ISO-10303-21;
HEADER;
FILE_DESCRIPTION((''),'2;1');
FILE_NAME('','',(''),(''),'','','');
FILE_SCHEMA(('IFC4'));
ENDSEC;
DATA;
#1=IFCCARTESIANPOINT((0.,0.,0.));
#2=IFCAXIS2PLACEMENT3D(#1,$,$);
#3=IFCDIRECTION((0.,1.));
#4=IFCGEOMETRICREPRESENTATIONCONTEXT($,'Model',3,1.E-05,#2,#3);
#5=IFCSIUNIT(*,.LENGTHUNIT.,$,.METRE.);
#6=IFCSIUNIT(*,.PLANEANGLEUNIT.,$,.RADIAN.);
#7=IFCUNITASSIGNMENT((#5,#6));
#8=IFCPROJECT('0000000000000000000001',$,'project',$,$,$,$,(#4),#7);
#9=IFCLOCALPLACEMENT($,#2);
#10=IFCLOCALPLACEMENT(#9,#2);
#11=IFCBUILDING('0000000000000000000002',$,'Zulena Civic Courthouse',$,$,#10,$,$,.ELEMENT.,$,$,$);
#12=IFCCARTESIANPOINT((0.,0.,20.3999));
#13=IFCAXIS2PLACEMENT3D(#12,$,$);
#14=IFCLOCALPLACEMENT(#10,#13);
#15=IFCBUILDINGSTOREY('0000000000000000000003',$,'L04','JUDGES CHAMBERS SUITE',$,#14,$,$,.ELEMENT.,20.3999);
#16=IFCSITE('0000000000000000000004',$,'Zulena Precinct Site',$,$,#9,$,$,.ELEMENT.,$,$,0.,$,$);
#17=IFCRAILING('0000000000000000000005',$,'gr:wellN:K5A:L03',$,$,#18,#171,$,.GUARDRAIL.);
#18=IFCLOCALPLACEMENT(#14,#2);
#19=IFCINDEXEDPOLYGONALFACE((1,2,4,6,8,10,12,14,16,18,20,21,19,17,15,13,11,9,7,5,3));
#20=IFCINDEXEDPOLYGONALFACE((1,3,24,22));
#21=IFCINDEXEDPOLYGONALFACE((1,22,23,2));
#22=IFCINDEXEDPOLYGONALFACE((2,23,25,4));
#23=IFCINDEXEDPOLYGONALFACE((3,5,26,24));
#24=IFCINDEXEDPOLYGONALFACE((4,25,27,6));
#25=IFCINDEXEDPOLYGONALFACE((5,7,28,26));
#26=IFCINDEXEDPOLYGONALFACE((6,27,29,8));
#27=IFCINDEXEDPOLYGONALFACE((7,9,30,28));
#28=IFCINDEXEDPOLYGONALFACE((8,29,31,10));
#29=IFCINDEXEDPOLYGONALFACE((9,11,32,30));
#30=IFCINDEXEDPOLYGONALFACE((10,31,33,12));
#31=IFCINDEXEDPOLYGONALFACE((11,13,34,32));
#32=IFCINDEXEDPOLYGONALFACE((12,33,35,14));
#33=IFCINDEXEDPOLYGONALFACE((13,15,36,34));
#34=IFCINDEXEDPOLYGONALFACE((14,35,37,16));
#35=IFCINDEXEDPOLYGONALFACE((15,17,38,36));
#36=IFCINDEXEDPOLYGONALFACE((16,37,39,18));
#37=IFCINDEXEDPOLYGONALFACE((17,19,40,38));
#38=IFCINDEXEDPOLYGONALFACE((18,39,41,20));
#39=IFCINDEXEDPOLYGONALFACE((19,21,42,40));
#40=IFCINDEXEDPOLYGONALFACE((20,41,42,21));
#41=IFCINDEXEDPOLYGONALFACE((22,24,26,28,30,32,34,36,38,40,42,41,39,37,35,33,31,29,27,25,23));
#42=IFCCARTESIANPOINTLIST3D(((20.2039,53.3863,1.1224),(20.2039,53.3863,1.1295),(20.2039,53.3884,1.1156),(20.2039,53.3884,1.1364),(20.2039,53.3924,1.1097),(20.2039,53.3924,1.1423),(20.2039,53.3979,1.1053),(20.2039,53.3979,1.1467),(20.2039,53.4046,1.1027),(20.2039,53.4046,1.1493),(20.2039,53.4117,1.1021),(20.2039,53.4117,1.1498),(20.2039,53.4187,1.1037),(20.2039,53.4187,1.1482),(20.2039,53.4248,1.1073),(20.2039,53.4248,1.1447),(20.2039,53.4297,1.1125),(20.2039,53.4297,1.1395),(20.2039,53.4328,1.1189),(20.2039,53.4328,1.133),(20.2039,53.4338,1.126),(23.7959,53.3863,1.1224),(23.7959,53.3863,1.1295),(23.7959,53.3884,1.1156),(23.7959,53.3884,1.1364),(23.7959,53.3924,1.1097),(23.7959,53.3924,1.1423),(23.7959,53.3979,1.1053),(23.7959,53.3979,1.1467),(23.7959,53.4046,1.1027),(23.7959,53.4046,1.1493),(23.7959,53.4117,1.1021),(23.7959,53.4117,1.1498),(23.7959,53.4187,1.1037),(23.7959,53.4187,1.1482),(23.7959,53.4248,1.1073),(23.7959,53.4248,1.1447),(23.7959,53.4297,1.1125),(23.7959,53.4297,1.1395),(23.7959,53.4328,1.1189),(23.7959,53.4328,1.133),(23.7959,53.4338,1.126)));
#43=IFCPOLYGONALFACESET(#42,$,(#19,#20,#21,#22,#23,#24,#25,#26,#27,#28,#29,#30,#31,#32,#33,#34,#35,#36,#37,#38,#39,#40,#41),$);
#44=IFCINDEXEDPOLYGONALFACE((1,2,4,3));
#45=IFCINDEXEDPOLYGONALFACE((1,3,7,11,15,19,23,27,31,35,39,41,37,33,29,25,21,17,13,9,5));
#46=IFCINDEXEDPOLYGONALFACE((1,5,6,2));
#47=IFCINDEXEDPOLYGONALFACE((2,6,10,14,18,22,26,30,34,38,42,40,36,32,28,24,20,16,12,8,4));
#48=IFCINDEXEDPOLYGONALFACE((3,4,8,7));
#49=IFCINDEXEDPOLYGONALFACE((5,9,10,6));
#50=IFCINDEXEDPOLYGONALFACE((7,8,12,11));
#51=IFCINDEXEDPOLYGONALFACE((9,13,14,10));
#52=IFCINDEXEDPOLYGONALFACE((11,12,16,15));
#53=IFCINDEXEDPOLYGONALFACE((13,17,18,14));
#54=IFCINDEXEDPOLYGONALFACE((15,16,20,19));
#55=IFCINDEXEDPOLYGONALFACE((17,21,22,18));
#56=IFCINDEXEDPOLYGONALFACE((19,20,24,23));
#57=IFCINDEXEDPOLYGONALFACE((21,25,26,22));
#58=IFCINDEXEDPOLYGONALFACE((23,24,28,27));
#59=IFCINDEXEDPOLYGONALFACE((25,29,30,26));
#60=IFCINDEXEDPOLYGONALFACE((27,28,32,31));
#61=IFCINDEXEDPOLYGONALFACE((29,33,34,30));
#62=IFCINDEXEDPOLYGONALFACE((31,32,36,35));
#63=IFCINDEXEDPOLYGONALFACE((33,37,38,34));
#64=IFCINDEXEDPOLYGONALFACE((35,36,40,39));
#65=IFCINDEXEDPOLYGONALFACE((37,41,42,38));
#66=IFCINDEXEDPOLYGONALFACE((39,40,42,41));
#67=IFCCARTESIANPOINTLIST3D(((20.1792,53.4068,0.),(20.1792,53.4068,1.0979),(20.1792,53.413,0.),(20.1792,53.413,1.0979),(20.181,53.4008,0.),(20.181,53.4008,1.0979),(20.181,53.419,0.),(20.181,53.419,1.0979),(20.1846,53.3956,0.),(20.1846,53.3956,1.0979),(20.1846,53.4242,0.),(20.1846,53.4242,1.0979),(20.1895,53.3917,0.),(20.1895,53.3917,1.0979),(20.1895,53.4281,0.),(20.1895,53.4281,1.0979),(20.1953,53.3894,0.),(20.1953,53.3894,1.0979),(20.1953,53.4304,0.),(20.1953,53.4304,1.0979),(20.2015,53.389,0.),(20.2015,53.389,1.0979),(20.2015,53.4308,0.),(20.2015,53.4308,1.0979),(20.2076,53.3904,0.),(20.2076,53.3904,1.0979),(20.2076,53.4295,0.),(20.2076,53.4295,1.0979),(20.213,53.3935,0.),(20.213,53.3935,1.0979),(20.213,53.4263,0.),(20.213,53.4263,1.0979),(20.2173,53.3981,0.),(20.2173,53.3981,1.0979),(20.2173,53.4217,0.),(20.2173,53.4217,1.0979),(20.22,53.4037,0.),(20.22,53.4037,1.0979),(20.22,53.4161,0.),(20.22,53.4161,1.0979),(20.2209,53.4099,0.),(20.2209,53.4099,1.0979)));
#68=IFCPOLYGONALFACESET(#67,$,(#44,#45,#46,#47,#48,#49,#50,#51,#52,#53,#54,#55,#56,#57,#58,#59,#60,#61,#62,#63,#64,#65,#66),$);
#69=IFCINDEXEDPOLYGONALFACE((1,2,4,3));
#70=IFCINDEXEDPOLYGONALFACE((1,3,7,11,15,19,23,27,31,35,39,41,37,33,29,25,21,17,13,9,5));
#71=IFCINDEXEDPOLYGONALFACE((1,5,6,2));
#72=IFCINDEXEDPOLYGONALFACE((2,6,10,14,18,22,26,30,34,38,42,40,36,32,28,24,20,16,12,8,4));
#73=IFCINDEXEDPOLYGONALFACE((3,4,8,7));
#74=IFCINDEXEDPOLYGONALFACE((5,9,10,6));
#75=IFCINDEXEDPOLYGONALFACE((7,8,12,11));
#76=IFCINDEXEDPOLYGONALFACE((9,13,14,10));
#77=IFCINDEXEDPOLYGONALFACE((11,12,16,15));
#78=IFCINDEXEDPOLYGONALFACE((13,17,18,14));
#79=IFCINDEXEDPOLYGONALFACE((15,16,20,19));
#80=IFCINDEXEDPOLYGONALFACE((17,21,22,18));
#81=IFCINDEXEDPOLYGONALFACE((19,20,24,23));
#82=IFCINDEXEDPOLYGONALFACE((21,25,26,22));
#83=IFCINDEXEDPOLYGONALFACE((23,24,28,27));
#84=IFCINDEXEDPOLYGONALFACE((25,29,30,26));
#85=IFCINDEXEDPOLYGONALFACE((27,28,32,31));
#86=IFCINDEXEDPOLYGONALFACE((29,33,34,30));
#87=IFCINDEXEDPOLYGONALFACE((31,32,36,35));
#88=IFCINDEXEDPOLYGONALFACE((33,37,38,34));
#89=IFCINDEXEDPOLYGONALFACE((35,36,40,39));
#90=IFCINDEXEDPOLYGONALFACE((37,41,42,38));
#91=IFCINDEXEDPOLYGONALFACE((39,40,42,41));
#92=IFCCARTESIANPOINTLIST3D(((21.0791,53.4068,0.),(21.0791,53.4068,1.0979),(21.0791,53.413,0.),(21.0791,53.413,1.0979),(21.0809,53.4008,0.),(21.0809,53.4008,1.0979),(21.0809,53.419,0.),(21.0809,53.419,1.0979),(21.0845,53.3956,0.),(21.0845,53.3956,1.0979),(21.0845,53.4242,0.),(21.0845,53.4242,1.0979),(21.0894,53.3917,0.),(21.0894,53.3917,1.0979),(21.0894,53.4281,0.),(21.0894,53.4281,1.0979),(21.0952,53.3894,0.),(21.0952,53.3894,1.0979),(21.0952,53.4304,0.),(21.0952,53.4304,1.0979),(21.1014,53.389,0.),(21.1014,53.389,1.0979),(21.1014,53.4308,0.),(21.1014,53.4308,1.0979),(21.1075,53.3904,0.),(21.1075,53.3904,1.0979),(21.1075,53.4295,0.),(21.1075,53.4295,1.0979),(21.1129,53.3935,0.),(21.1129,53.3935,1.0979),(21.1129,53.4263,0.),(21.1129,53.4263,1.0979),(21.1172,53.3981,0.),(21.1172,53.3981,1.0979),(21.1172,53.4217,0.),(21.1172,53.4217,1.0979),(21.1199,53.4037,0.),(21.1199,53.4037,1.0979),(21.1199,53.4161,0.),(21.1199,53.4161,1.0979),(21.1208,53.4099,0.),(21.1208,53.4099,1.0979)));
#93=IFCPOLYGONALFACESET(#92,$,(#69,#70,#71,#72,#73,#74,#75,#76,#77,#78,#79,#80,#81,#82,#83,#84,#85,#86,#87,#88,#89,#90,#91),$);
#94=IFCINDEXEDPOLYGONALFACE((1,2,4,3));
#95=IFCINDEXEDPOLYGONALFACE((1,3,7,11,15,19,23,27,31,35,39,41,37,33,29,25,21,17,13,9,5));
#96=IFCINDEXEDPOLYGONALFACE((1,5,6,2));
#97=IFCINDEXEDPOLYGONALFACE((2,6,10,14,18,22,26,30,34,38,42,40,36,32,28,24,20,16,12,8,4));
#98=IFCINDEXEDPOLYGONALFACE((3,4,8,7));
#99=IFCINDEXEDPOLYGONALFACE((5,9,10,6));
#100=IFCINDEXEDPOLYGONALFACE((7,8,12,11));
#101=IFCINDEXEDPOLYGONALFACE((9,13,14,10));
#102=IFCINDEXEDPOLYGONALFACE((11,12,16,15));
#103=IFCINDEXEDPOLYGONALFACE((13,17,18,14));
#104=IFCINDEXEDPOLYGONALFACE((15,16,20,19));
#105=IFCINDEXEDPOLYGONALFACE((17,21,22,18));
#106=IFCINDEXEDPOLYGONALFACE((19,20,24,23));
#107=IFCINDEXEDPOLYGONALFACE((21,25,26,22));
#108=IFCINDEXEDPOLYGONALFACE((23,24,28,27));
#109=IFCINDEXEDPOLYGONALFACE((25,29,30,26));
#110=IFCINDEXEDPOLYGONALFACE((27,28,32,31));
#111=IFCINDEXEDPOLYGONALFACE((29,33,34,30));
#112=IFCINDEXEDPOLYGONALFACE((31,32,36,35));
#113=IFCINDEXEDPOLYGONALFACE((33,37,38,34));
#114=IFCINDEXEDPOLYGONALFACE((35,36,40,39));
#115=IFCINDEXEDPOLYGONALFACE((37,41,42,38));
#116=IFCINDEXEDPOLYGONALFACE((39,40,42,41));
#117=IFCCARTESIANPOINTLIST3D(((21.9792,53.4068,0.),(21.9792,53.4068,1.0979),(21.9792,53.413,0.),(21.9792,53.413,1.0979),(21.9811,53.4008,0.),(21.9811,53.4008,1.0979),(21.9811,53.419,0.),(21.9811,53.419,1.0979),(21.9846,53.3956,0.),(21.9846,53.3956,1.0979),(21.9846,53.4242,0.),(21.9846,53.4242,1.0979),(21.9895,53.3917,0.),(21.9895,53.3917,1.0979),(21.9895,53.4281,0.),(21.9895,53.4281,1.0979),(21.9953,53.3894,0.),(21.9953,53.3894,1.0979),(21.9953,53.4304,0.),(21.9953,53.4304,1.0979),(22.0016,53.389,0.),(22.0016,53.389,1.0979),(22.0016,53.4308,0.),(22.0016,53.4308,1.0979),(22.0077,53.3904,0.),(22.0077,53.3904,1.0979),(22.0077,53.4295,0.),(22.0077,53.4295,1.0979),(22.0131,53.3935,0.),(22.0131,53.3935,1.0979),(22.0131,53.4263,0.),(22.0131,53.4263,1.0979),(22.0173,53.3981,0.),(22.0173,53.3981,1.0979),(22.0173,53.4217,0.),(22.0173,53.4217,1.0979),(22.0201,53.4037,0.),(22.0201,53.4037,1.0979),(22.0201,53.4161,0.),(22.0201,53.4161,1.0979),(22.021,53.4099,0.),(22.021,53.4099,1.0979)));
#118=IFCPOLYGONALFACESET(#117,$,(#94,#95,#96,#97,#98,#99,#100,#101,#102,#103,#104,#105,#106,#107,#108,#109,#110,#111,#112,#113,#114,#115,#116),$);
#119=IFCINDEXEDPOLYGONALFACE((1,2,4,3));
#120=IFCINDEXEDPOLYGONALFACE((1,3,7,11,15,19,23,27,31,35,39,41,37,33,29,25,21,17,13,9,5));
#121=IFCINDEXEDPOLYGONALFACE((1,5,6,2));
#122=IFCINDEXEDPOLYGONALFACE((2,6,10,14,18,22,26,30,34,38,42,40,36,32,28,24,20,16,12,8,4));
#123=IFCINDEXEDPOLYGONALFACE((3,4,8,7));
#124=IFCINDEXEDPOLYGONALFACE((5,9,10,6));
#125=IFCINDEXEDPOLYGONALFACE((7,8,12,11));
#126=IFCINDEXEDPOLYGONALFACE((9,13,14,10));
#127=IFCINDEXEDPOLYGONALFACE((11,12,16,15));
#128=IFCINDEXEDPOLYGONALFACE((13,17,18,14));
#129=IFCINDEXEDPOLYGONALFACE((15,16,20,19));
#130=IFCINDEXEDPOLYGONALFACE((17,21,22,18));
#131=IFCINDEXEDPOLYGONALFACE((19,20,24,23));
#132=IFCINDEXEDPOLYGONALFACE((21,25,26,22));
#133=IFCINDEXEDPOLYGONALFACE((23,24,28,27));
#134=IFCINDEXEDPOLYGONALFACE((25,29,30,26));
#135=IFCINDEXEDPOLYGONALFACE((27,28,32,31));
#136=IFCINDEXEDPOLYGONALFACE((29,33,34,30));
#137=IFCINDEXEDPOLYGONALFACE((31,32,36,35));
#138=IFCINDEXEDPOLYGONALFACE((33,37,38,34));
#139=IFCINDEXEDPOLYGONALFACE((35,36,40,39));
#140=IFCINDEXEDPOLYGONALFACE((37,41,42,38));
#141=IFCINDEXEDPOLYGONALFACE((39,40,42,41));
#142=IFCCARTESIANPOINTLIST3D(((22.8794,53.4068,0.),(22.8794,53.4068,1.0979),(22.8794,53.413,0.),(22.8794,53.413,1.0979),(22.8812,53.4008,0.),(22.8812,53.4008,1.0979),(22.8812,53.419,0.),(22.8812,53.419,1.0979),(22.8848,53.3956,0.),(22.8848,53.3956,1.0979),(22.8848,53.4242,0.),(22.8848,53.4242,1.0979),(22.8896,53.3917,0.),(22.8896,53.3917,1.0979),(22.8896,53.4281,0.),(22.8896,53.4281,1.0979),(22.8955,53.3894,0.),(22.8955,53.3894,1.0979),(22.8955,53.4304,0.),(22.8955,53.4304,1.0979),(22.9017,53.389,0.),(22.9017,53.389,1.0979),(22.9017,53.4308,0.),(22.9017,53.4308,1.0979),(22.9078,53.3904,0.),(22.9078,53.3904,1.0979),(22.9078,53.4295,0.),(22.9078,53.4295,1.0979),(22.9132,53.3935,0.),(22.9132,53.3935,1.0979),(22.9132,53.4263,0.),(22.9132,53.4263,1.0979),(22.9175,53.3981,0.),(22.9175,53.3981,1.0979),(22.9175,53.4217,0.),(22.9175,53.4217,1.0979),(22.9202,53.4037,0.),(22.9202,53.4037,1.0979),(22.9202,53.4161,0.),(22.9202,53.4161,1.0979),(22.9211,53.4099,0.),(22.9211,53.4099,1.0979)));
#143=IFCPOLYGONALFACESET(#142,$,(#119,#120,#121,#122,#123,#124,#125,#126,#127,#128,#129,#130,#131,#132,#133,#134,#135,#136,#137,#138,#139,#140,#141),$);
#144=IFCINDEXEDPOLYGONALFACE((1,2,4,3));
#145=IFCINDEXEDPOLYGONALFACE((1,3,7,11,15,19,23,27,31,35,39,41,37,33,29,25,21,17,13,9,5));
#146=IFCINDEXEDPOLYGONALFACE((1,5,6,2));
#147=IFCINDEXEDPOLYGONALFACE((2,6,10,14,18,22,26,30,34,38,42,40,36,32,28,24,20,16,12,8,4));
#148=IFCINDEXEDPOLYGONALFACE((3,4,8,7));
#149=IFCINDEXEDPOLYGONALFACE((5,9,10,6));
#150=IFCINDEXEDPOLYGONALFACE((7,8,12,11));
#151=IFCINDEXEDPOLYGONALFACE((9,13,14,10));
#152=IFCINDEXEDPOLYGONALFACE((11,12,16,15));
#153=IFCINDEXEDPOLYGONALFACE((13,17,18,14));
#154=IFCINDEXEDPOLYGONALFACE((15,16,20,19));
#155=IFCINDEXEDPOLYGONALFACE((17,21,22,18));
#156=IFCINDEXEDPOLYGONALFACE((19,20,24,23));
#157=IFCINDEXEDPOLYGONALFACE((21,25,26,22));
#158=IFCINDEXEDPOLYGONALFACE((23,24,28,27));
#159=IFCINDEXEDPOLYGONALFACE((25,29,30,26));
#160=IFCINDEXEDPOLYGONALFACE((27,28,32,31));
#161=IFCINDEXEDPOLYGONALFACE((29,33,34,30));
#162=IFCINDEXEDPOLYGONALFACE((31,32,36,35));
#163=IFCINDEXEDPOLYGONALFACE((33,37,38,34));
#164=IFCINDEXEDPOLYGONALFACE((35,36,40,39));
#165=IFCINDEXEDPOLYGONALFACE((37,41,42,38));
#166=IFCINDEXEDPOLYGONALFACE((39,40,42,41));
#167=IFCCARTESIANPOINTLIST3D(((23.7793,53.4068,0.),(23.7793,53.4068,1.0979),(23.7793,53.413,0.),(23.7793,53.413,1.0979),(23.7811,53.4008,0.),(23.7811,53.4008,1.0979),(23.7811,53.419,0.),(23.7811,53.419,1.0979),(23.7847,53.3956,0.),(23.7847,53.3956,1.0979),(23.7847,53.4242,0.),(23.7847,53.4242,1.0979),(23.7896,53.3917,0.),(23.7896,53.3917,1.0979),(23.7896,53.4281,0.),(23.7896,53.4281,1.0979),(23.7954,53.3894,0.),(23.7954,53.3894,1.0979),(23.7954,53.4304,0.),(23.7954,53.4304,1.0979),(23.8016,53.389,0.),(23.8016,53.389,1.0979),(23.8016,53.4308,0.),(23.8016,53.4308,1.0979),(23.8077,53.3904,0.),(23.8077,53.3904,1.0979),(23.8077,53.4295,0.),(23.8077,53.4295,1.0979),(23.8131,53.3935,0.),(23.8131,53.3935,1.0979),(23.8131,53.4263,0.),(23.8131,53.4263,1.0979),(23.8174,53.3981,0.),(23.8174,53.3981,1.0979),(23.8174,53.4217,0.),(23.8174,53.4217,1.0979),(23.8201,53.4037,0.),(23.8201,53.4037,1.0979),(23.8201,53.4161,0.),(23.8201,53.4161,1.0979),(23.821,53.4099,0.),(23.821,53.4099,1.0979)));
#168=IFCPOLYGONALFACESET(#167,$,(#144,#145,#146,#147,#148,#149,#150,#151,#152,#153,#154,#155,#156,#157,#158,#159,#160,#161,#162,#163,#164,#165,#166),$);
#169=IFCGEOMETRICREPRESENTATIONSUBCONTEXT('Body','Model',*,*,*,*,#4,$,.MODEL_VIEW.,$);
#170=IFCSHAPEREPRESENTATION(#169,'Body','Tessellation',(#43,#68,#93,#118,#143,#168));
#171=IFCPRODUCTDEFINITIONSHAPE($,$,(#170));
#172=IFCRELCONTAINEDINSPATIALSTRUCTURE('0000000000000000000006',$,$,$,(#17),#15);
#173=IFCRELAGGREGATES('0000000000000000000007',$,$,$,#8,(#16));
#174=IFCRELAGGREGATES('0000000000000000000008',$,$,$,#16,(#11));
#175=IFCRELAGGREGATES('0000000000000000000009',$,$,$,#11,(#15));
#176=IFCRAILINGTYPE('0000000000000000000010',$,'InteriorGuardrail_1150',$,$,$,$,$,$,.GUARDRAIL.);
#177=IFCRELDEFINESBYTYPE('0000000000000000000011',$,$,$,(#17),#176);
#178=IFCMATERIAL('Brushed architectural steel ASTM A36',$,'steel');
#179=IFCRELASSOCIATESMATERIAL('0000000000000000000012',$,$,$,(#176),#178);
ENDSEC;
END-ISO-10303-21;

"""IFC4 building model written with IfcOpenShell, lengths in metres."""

from ifc_helpers import new_model, si_unit, direction, frame, origin, origin_2d, place, context, subcontext, project, spatial, circle, extrude, material, type_object, element, save


model = new_model("IFC4")

# Units and contexts
model_context = context("Model", 3, precision=1e-05, world=origin(), true_north=direction((0.0, 1.0)))
body_context = subcontext(model_context, "Body", "Model", "MODEL_VIEW")
ifc_project = project(units=[si_unit("LENGTHUNIT", "METRE"), si_unit("PLANEANGLEUNIT", "RADIAN")], contexts=[model_context])

# Site, building, storey
site_placement = place(None, origin())
site = spatial("IfcSite", under=ifc_project, at=site_placement, Name="Zulena Precinct Site", CompositionType="ELEMENT", RefElevation=0.0)
building_placement = place(site_placement, origin())
building = spatial("IfcBuilding", under=site, at=building_placement, Name="Zulena Civic Courthouse", CompositionType="ELEMENT")
storey_placement = place(building_placement, frame((0.0, 0.0, 20.3999)))
storey = spatial("IfcBuildingStorey", under=building, at=storey_placement, Name="L04", Description="JUDGES CHAMBERS SUITE", CompositionType="ELEMENT", Elevation=20.3999)

# Railing
ifc_material_1 = material(Name="Brushed architectural steel ASTM A36", Category="steel")
railing_type = type_object("IfcRailingType", Name="InteriorGuardrail_1150", PredefinedType="GUARDRAIL", material=ifc_material_1)
railing_1_placement = place(storey_placement, frame((20.2, 53.4099, 0.0)))
element("IfcRailing", 1, at=railing_1_placement, inside=storey, type_object=railing_type, Name="gr:wellN:K5A:L03", PredefinedType="GUARDRAIL", context=body_context, shape_type="SweptSolid", body=[
    extrude(circle(Radius=0.0239, at=origin_2d()), frame((0.0039, 0.0, 1.126), z_axis=(1.0, 0.0, 0.0), x_axis=(0.0, 1.0, 0.0)), (0.0, 0.0, 1.0), 3.592),
    extrude(circle(Radius=0.021, at=origin_2d()), origin(), (0.0, 0.0, 1.0), 1.0979),
    extrude(circle(Radius=0.021, at=origin_2d()), frame((0.8999, 0.0, 0.0)), (0.0, 0.0, 1.0), 1.0979),
    extrude(circle(Radius=0.021, at=origin_2d()), frame((1.8, 0.0, 0.0)), (0.0, 0.0, 1.0), 1.0979),
    extrude(circle(Radius=0.021, at=origin_2d()), frame((2.7002, 0.0, 0.0)), (0.0, 0.0, 1.0), 1.0979),
    extrude(circle(Radius=0.021, at=origin_2d()), frame((3.6001, 0.0, 0.0)), (0.0, 0.0, 1.0), 1.0979),
])

save(model, "model.ifc")
